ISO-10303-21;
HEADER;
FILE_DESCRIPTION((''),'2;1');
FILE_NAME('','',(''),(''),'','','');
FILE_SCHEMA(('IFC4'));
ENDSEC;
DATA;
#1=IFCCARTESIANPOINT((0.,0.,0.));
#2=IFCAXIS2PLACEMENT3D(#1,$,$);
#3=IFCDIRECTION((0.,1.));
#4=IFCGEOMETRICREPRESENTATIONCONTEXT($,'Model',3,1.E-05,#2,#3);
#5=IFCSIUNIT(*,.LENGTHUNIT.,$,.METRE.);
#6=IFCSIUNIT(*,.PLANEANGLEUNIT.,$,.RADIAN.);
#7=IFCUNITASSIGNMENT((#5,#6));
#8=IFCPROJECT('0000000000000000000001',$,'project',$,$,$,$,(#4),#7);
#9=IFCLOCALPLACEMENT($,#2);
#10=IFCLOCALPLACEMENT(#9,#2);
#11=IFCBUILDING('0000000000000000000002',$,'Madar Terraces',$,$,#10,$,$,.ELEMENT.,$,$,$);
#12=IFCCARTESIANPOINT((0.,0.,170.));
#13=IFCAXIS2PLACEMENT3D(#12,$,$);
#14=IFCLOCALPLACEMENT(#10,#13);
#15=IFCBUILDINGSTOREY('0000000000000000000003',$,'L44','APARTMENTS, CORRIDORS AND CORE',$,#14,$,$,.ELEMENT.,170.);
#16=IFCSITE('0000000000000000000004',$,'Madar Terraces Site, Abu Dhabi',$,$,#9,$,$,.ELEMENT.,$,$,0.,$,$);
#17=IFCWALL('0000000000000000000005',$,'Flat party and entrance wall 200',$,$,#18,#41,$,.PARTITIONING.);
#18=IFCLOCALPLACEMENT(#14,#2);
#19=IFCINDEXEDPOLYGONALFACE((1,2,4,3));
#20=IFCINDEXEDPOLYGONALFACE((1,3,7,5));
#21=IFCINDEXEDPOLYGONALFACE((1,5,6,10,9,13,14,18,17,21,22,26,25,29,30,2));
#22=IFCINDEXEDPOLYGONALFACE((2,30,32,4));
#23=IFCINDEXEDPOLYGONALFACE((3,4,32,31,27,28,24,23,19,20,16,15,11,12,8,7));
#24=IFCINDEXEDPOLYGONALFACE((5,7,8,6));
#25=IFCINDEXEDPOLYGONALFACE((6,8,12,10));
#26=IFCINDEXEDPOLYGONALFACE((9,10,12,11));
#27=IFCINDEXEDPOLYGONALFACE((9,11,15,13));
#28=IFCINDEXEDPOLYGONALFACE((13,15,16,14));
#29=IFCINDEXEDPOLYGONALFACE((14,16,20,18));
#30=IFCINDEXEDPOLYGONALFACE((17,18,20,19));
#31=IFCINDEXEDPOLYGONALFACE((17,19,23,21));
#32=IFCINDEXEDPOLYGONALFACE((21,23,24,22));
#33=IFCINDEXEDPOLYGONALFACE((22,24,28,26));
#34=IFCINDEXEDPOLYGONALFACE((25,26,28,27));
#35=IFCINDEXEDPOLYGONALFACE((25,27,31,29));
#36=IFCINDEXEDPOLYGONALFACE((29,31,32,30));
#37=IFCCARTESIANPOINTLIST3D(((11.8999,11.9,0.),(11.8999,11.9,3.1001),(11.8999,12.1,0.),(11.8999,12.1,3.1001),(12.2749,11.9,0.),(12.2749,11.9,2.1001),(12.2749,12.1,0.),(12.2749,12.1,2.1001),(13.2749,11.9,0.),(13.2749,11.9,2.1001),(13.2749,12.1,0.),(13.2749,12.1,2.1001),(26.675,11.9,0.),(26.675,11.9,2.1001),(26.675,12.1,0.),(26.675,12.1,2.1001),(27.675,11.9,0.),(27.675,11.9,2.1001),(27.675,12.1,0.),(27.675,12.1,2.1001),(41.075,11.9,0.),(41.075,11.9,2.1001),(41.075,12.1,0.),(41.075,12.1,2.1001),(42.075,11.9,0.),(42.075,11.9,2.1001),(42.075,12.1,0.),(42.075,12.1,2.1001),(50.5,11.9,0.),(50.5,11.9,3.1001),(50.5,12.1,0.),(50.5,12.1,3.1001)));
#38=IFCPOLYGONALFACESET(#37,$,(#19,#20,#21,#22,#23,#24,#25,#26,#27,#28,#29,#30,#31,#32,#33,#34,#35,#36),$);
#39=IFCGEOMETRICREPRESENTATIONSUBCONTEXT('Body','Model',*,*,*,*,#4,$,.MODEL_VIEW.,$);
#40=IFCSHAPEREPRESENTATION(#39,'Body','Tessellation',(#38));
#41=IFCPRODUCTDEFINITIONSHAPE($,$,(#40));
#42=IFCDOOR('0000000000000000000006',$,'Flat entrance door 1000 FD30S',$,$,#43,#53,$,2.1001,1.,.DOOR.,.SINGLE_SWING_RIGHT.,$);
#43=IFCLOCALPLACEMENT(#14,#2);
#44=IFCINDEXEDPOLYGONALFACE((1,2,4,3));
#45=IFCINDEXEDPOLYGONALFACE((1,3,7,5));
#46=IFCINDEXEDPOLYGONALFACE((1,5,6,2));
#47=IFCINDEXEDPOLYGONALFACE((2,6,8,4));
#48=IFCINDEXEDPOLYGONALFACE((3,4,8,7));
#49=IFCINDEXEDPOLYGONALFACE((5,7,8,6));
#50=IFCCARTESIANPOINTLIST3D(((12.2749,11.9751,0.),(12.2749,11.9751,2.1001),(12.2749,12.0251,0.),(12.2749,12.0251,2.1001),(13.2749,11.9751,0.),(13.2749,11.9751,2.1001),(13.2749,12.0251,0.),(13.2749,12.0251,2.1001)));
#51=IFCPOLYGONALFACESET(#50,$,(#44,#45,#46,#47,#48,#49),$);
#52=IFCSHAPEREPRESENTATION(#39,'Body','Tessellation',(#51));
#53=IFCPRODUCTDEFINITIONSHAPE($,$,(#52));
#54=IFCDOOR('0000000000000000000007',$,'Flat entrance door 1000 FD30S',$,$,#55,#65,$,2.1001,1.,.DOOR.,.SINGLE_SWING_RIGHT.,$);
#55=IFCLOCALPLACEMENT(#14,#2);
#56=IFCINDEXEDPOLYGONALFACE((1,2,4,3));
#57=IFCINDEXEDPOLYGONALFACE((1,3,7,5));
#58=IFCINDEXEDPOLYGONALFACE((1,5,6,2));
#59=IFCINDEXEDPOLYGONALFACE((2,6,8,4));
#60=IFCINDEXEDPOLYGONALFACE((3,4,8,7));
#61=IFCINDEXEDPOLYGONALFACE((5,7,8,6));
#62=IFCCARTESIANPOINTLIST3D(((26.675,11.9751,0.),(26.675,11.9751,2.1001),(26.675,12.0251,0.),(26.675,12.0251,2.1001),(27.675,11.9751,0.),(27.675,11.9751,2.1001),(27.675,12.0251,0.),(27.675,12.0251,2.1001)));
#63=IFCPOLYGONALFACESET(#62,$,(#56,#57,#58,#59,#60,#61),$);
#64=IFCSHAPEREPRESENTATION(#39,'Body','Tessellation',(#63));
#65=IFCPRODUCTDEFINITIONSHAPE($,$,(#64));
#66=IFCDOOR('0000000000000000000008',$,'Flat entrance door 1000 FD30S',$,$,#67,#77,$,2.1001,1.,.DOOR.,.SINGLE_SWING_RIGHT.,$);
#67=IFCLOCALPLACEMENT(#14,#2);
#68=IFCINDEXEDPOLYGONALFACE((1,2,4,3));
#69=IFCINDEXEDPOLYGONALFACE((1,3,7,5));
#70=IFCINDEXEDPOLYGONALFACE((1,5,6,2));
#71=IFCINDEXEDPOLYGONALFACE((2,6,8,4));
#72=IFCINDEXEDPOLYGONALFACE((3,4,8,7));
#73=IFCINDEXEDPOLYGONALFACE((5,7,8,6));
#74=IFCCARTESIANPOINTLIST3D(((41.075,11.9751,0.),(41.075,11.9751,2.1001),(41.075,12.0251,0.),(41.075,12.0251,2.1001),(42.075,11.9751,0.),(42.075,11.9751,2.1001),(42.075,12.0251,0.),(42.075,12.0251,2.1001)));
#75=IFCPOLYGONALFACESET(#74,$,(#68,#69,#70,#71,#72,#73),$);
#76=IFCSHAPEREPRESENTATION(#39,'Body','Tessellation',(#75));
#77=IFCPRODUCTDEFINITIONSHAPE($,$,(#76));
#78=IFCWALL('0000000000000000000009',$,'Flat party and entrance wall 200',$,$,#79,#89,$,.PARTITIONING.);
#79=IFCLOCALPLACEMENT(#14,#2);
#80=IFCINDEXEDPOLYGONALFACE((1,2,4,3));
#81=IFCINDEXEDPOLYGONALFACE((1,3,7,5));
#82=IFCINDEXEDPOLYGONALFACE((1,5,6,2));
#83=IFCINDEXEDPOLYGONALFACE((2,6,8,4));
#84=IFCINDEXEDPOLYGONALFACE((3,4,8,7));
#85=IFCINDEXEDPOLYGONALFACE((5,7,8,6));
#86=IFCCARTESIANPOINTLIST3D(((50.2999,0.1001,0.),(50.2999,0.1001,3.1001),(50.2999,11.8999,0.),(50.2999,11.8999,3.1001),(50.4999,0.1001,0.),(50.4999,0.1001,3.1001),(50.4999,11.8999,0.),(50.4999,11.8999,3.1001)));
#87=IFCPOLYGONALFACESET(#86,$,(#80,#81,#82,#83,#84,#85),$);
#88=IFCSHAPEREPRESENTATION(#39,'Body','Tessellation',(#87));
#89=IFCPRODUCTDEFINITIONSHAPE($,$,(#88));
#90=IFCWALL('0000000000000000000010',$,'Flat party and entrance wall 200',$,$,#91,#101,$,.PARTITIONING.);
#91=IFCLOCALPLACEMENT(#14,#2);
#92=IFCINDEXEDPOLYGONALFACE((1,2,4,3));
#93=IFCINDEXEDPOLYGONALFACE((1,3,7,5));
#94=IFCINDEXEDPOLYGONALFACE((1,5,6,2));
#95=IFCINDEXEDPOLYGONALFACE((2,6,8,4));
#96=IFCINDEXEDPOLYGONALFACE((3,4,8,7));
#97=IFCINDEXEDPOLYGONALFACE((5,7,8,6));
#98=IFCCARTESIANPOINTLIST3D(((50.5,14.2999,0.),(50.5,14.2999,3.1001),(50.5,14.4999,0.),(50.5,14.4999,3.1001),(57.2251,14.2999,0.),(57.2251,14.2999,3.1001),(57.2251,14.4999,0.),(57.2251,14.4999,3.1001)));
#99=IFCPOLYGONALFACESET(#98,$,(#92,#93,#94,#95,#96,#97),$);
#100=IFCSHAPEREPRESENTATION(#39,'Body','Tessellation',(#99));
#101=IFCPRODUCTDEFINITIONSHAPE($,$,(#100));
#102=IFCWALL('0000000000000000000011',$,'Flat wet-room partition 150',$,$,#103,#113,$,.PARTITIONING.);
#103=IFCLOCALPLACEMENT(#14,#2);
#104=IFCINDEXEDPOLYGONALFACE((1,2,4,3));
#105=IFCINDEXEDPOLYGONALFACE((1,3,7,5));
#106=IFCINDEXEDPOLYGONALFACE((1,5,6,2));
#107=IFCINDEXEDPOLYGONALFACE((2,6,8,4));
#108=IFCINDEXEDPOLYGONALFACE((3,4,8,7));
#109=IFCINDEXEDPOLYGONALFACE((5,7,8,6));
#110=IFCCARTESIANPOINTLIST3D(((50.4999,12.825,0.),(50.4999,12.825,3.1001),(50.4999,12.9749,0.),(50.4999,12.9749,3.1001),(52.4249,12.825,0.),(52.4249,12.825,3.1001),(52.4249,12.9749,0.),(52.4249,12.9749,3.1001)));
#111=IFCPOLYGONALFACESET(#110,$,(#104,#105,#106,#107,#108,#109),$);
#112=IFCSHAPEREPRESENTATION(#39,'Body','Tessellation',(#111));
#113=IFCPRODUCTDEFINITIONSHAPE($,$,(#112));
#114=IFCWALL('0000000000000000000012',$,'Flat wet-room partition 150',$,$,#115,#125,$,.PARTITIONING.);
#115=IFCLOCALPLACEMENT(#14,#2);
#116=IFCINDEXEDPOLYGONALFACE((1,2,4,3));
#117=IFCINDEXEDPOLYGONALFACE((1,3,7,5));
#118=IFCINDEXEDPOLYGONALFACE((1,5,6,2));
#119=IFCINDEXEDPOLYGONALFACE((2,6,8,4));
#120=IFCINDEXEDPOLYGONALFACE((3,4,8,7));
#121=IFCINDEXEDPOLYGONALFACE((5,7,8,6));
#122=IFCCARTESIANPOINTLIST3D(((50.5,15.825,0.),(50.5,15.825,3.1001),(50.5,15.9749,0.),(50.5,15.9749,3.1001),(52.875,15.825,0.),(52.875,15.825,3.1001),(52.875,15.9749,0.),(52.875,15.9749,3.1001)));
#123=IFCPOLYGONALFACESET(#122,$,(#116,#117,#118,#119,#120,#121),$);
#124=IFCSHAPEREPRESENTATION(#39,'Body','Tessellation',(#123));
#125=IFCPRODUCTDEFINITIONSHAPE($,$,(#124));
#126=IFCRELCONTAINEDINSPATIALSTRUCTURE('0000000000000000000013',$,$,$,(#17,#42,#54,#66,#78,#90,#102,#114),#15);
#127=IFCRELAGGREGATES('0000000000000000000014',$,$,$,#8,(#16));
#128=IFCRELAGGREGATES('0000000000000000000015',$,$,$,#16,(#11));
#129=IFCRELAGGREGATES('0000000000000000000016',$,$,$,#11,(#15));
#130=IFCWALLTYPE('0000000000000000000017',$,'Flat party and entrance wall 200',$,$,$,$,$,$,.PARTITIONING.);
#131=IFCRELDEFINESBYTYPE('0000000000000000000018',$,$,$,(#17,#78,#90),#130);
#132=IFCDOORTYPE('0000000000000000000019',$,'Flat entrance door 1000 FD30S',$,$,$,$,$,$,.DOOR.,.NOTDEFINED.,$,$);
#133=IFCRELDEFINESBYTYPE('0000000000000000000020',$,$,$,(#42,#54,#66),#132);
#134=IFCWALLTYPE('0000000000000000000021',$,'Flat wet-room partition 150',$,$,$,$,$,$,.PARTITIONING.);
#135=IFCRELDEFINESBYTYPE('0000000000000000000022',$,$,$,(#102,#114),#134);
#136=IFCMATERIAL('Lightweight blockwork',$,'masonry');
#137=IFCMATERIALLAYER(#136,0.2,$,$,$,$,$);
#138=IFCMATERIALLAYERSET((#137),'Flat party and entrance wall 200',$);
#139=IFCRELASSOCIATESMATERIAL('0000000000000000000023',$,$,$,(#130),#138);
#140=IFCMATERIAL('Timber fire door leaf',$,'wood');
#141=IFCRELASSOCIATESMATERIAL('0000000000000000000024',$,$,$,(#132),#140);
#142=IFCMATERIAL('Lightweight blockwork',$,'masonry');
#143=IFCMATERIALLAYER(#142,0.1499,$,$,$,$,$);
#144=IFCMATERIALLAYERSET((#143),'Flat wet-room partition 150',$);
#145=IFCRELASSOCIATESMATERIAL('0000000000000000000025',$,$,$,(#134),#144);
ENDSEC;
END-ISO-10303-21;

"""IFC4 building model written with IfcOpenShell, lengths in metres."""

from ifc_helpers import new_model, si_unit, direction, frame, frame_2d, origin, place, context, subcontext, project, spatial, rectangle, extrude, material, layer, layer_set, type_object, element, fill, save


model = new_model("IFC4")

# Units and contexts
model_context = context("Model", 3, precision=1e-05, world=origin(), true_north=direction((0.0, 1.0)))
body_context = subcontext(model_context, "Body", "Model", "MODEL_VIEW")
ifc_project = project(units=[si_unit("LENGTHUNIT", "METRE"), si_unit("PLANEANGLEUNIT", "RADIAN")], contexts=[model_context])

# Site, building, storey
site_placement = place(None, origin())
site = spatial("IfcSite", under=ifc_project, at=site_placement, Name="Madar Terraces Site, Abu Dhabi", CompositionType="ELEMENT", RefElevation=0.0)
building_placement = place(site_placement, origin())
building = spatial("IfcBuilding", under=site, at=building_placement, Name="Madar Terraces", CompositionType="ELEMENT")
storey_placement = place(building_placement, frame((0.0, 0.0, 170.0)))
storey = spatial("IfcBuildingStorey", under=building, at=storey_placement, Name="L44", Description="APARTMENTS, CORRIDORS AND CORE", CompositionType="ELEMENT", Elevation=170.0)

# Wall, openings, doors
ifc_material_1 = material(Name="Lightweight blockwork", Category="masonry")
ifc_layer_1 = layer(ifc_material_1, 0.2)
ifc_layer_set_1 = layer_set([ifc_layer_1], Name="Flat party and entrance wall 200")
wall_type_1 = type_object("IfcWallType", Name="Flat party and entrance wall 200", PredefinedType="PARTITIONING", material=ifc_layer_set_1)
wall_1_placement = place(storey_placement, frame((50.5, 12.0, 0.0), z_axis=(0.0, 0.0, 1.0), x_axis=(-1.0, 0.0, 0.0)))
wall_1 = element("IfcWall", 1, at=wall_1_placement, inside=storey, type_object=wall_type_1, Name="Flat party and entrance wall 200", PredefinedType="PARTITIONING", context=body_context, shape_type="SweptSolid", body=[
    extrude(rectangle(XDim=38.6001, YDim=0.2, at=frame_2d((19.3, 0.0))), origin(), (0.0, 0.0, 1.0), 3.1001),
])
opening_1_placement = place(wall_1_placement, frame((37.2251, 0.0, 0.0)))
opening_1 = element("IfcOpeningElement", 2, at=opening_1_placement, cuts=wall_1, PredefinedType="OPENING", context=body_context, shape_type="SweptSolid", body=[
    extrude(rectangle(XDim=1.0, YDim=2.1001, at=frame_2d((0.5, 1.05))), frame((0.0, 0.1099, 0.0), z_axis=(0.0, -1.0, 0.0), x_axis=(1.0, 0.0, 0.0)), (0.0, 0.0, 1.0), 0.22),
])
opening_2_placement = place(wall_1_placement, frame((22.825, 0.0, 0.0)))
opening_2 = element("IfcOpeningElement", 3, at=opening_2_placement, cuts=wall_1, PredefinedType="OPENING", context=body_context, shape_type="SweptSolid", body=[
    extrude(rectangle(XDim=1.0, YDim=2.1001, at=frame_2d((0.5, 1.05))), frame((0.0, 0.1099, 0.0), z_axis=(0.0, -1.0, 0.0), x_axis=(1.0, 0.0, 0.0)), (0.0, 0.0, 1.0), 0.22),
])
opening_3_placement = place(wall_1_placement, frame((8.425, 0.0, 0.0)))
opening_3 = element("IfcOpeningElement", 4, at=opening_3_placement, cuts=wall_1, PredefinedType="OPENING", context=body_context, shape_type="SweptSolid", body=[
    extrude(rectangle(XDim=1.0, YDim=2.1001, at=frame_2d((0.5, 1.05))), frame((0.0, 0.1099, 0.0), z_axis=(0.0, -1.0, 0.0), x_axis=(1.0, 0.0, 0.0)), (0.0, 0.0, 1.0), 0.22),
])
ifc_material_2 = material(Name="Timber fire door leaf", Category="wood")
door_type_1 = type_object("IfcDoorType", Name="Flat entrance door 1000 FD30S", OperationType="NOTDEFINED", PredefinedType="DOOR", material=ifc_material_2)
door_1_placement = place(opening_1_placement, origin())
door_1 = element("IfcDoor", 5, at=door_1_placement, inside=storey, type_object=door_type_1, Name="Flat entrance door 1000 FD30S", OperationType="SINGLE_SWING_RIGHT", OverallHeight=2.1001, OverallWidth=1.0, PredefinedType="DOOR", context=body_context, shape_type="SweptSolid", body=[
    extrude(rectangle(XDim=1.0, YDim=2.1001, at=frame_2d((0.5, 1.05))), frame((0.0, 0.0249, 0.0), z_axis=(0.0, -1.0, 0.0), x_axis=(1.0, 0.0, 0.0)), (0.0, 0.0, 1.0), 0.05),
])
fill(opening_1, door_1)
door_2_placement = place(opening_2_placement, origin())
door_2 = element("IfcDoor", 6, at=door_2_placement, inside=storey, type_object=door_type_1, Name="Flat entrance door 1000 FD30S", OperationType="SINGLE_SWING_RIGHT", OverallHeight=2.1001, OverallWidth=1.0, PredefinedType="DOOR", context=body_context, shape_type="SweptSolid", body=[
    extrude(rectangle(XDim=1.0, YDim=2.1001, at=frame_2d((0.5, 1.05))), frame((0.0, 0.0249, 0.0), z_axis=(0.0, -1.0, 0.0), x_axis=(1.0, 0.0, 0.0)), (0.0, 0.0, 1.0), 0.05),
])
fill(opening_2, door_2)
door_3_placement = place(opening_3_placement, origin())
door_3 = element("IfcDoor", 7, at=door_3_placement, inside=storey, type_object=door_type_1, Name="Flat entrance door 1000 FD30S", OperationType="SINGLE_SWING_RIGHT", OverallHeight=2.1001, OverallWidth=1.0, PredefinedType="DOOR", context=body_context, shape_type="SweptSolid", body=[
    extrude(rectangle(XDim=1.0, YDim=2.1001, at=frame_2d((0.5, 1.05))), frame((0.0, 0.0249, 0.0), z_axis=(0.0, -1.0, 0.0), x_axis=(1.0, 0.0, 0.0)), (0.0, 0.0, 1.0), 0.05),
])
fill(opening_3, door_3)

# Walls
wall_2_placement = place(storey_placement, frame((50.3999, 11.8999, 0.0), z_axis=(0.0, 0.0, 1.0), x_axis=(0.0, -1.0, 0.0)))
element("IfcWall", 8, at=wall_2_placement, inside=storey, type_object=wall_type_1, Name="Flat party and entrance wall 200", PredefinedType="PARTITIONING", context=body_context, shape_type="SweptSolid", body=[
    extrude(rectangle(XDim=11.7998, YDim=0.2, at=frame_2d((5.8999, 0.0))), origin(), (0.0, 0.0, 1.0), 3.1001),
])
wall_3_placement = place(storey_placement, frame((50.5, 14.3999, 0.0), z_axis=(0.0, 0.0, 1.0), x_axis=(1.0, 0.0, 0.0)))
element("IfcWall", 9, at=wall_3_placement, inside=storey, type_object=wall_type_1, Name="Flat party and entrance wall 200", PredefinedType="PARTITIONING", context=body_context, shape_type="SweptSolid", body=[
    extrude(rectangle(XDim=6.7251, YDim=0.2, at=frame_2d((3.3625, 0.0))), origin(), (0.0, 0.0, 1.0), 3.1001),
])
ifc_material_3 = material(Name="Lightweight blockwork", Category="masonry")
ifc_layer_2 = layer(ifc_material_3, 0.1499)
ifc_layer_set_2 = layer_set([ifc_layer_2], Name="Flat wet-room partition 150")
wall_type_2 = type_object("IfcWallType", Name="Flat wet-room partition 150", PredefinedType="PARTITIONING", material=ifc_layer_set_2)
wall_4_placement = place(storey_placement, frame((50.5, 12.8999, 0.0), z_axis=(0.0, 0.0, 1.0), x_axis=(1.0, 0.0, 0.0)))
element("IfcWall", 10, at=wall_4_placement, inside=storey, type_object=wall_type_2, Name="Flat wet-room partition 150", PredefinedType="PARTITIONING", context=body_context, shape_type="SweptSolid", body=[
    extrude(rectangle(XDim=1.925, YDim=0.1499, at=frame_2d((0.9624, 0.0))), origin(), (0.0, 0.0, 1.0), 3.1001),
])
wall_5_placement = place(storey_placement, frame((50.5, 15.8999, 0.0), z_axis=(0.0, 0.0, 1.0), x_axis=(1.0, 0.0, 0.0)))
element("IfcWall", 11, at=wall_5_placement, inside=storey, type_object=wall_type_2, Name="Flat wet-room partition 150", PredefinedType="PARTITIONING", context=body_context, shape_type="SweptSolid", body=[
    extrude(rectangle(XDim=2.375, YDim=0.1499, at=frame_2d((1.1875, 0.0))), origin(), (0.0, 0.0, 1.0), 3.1001),
])

save(model, "model.ifc")
